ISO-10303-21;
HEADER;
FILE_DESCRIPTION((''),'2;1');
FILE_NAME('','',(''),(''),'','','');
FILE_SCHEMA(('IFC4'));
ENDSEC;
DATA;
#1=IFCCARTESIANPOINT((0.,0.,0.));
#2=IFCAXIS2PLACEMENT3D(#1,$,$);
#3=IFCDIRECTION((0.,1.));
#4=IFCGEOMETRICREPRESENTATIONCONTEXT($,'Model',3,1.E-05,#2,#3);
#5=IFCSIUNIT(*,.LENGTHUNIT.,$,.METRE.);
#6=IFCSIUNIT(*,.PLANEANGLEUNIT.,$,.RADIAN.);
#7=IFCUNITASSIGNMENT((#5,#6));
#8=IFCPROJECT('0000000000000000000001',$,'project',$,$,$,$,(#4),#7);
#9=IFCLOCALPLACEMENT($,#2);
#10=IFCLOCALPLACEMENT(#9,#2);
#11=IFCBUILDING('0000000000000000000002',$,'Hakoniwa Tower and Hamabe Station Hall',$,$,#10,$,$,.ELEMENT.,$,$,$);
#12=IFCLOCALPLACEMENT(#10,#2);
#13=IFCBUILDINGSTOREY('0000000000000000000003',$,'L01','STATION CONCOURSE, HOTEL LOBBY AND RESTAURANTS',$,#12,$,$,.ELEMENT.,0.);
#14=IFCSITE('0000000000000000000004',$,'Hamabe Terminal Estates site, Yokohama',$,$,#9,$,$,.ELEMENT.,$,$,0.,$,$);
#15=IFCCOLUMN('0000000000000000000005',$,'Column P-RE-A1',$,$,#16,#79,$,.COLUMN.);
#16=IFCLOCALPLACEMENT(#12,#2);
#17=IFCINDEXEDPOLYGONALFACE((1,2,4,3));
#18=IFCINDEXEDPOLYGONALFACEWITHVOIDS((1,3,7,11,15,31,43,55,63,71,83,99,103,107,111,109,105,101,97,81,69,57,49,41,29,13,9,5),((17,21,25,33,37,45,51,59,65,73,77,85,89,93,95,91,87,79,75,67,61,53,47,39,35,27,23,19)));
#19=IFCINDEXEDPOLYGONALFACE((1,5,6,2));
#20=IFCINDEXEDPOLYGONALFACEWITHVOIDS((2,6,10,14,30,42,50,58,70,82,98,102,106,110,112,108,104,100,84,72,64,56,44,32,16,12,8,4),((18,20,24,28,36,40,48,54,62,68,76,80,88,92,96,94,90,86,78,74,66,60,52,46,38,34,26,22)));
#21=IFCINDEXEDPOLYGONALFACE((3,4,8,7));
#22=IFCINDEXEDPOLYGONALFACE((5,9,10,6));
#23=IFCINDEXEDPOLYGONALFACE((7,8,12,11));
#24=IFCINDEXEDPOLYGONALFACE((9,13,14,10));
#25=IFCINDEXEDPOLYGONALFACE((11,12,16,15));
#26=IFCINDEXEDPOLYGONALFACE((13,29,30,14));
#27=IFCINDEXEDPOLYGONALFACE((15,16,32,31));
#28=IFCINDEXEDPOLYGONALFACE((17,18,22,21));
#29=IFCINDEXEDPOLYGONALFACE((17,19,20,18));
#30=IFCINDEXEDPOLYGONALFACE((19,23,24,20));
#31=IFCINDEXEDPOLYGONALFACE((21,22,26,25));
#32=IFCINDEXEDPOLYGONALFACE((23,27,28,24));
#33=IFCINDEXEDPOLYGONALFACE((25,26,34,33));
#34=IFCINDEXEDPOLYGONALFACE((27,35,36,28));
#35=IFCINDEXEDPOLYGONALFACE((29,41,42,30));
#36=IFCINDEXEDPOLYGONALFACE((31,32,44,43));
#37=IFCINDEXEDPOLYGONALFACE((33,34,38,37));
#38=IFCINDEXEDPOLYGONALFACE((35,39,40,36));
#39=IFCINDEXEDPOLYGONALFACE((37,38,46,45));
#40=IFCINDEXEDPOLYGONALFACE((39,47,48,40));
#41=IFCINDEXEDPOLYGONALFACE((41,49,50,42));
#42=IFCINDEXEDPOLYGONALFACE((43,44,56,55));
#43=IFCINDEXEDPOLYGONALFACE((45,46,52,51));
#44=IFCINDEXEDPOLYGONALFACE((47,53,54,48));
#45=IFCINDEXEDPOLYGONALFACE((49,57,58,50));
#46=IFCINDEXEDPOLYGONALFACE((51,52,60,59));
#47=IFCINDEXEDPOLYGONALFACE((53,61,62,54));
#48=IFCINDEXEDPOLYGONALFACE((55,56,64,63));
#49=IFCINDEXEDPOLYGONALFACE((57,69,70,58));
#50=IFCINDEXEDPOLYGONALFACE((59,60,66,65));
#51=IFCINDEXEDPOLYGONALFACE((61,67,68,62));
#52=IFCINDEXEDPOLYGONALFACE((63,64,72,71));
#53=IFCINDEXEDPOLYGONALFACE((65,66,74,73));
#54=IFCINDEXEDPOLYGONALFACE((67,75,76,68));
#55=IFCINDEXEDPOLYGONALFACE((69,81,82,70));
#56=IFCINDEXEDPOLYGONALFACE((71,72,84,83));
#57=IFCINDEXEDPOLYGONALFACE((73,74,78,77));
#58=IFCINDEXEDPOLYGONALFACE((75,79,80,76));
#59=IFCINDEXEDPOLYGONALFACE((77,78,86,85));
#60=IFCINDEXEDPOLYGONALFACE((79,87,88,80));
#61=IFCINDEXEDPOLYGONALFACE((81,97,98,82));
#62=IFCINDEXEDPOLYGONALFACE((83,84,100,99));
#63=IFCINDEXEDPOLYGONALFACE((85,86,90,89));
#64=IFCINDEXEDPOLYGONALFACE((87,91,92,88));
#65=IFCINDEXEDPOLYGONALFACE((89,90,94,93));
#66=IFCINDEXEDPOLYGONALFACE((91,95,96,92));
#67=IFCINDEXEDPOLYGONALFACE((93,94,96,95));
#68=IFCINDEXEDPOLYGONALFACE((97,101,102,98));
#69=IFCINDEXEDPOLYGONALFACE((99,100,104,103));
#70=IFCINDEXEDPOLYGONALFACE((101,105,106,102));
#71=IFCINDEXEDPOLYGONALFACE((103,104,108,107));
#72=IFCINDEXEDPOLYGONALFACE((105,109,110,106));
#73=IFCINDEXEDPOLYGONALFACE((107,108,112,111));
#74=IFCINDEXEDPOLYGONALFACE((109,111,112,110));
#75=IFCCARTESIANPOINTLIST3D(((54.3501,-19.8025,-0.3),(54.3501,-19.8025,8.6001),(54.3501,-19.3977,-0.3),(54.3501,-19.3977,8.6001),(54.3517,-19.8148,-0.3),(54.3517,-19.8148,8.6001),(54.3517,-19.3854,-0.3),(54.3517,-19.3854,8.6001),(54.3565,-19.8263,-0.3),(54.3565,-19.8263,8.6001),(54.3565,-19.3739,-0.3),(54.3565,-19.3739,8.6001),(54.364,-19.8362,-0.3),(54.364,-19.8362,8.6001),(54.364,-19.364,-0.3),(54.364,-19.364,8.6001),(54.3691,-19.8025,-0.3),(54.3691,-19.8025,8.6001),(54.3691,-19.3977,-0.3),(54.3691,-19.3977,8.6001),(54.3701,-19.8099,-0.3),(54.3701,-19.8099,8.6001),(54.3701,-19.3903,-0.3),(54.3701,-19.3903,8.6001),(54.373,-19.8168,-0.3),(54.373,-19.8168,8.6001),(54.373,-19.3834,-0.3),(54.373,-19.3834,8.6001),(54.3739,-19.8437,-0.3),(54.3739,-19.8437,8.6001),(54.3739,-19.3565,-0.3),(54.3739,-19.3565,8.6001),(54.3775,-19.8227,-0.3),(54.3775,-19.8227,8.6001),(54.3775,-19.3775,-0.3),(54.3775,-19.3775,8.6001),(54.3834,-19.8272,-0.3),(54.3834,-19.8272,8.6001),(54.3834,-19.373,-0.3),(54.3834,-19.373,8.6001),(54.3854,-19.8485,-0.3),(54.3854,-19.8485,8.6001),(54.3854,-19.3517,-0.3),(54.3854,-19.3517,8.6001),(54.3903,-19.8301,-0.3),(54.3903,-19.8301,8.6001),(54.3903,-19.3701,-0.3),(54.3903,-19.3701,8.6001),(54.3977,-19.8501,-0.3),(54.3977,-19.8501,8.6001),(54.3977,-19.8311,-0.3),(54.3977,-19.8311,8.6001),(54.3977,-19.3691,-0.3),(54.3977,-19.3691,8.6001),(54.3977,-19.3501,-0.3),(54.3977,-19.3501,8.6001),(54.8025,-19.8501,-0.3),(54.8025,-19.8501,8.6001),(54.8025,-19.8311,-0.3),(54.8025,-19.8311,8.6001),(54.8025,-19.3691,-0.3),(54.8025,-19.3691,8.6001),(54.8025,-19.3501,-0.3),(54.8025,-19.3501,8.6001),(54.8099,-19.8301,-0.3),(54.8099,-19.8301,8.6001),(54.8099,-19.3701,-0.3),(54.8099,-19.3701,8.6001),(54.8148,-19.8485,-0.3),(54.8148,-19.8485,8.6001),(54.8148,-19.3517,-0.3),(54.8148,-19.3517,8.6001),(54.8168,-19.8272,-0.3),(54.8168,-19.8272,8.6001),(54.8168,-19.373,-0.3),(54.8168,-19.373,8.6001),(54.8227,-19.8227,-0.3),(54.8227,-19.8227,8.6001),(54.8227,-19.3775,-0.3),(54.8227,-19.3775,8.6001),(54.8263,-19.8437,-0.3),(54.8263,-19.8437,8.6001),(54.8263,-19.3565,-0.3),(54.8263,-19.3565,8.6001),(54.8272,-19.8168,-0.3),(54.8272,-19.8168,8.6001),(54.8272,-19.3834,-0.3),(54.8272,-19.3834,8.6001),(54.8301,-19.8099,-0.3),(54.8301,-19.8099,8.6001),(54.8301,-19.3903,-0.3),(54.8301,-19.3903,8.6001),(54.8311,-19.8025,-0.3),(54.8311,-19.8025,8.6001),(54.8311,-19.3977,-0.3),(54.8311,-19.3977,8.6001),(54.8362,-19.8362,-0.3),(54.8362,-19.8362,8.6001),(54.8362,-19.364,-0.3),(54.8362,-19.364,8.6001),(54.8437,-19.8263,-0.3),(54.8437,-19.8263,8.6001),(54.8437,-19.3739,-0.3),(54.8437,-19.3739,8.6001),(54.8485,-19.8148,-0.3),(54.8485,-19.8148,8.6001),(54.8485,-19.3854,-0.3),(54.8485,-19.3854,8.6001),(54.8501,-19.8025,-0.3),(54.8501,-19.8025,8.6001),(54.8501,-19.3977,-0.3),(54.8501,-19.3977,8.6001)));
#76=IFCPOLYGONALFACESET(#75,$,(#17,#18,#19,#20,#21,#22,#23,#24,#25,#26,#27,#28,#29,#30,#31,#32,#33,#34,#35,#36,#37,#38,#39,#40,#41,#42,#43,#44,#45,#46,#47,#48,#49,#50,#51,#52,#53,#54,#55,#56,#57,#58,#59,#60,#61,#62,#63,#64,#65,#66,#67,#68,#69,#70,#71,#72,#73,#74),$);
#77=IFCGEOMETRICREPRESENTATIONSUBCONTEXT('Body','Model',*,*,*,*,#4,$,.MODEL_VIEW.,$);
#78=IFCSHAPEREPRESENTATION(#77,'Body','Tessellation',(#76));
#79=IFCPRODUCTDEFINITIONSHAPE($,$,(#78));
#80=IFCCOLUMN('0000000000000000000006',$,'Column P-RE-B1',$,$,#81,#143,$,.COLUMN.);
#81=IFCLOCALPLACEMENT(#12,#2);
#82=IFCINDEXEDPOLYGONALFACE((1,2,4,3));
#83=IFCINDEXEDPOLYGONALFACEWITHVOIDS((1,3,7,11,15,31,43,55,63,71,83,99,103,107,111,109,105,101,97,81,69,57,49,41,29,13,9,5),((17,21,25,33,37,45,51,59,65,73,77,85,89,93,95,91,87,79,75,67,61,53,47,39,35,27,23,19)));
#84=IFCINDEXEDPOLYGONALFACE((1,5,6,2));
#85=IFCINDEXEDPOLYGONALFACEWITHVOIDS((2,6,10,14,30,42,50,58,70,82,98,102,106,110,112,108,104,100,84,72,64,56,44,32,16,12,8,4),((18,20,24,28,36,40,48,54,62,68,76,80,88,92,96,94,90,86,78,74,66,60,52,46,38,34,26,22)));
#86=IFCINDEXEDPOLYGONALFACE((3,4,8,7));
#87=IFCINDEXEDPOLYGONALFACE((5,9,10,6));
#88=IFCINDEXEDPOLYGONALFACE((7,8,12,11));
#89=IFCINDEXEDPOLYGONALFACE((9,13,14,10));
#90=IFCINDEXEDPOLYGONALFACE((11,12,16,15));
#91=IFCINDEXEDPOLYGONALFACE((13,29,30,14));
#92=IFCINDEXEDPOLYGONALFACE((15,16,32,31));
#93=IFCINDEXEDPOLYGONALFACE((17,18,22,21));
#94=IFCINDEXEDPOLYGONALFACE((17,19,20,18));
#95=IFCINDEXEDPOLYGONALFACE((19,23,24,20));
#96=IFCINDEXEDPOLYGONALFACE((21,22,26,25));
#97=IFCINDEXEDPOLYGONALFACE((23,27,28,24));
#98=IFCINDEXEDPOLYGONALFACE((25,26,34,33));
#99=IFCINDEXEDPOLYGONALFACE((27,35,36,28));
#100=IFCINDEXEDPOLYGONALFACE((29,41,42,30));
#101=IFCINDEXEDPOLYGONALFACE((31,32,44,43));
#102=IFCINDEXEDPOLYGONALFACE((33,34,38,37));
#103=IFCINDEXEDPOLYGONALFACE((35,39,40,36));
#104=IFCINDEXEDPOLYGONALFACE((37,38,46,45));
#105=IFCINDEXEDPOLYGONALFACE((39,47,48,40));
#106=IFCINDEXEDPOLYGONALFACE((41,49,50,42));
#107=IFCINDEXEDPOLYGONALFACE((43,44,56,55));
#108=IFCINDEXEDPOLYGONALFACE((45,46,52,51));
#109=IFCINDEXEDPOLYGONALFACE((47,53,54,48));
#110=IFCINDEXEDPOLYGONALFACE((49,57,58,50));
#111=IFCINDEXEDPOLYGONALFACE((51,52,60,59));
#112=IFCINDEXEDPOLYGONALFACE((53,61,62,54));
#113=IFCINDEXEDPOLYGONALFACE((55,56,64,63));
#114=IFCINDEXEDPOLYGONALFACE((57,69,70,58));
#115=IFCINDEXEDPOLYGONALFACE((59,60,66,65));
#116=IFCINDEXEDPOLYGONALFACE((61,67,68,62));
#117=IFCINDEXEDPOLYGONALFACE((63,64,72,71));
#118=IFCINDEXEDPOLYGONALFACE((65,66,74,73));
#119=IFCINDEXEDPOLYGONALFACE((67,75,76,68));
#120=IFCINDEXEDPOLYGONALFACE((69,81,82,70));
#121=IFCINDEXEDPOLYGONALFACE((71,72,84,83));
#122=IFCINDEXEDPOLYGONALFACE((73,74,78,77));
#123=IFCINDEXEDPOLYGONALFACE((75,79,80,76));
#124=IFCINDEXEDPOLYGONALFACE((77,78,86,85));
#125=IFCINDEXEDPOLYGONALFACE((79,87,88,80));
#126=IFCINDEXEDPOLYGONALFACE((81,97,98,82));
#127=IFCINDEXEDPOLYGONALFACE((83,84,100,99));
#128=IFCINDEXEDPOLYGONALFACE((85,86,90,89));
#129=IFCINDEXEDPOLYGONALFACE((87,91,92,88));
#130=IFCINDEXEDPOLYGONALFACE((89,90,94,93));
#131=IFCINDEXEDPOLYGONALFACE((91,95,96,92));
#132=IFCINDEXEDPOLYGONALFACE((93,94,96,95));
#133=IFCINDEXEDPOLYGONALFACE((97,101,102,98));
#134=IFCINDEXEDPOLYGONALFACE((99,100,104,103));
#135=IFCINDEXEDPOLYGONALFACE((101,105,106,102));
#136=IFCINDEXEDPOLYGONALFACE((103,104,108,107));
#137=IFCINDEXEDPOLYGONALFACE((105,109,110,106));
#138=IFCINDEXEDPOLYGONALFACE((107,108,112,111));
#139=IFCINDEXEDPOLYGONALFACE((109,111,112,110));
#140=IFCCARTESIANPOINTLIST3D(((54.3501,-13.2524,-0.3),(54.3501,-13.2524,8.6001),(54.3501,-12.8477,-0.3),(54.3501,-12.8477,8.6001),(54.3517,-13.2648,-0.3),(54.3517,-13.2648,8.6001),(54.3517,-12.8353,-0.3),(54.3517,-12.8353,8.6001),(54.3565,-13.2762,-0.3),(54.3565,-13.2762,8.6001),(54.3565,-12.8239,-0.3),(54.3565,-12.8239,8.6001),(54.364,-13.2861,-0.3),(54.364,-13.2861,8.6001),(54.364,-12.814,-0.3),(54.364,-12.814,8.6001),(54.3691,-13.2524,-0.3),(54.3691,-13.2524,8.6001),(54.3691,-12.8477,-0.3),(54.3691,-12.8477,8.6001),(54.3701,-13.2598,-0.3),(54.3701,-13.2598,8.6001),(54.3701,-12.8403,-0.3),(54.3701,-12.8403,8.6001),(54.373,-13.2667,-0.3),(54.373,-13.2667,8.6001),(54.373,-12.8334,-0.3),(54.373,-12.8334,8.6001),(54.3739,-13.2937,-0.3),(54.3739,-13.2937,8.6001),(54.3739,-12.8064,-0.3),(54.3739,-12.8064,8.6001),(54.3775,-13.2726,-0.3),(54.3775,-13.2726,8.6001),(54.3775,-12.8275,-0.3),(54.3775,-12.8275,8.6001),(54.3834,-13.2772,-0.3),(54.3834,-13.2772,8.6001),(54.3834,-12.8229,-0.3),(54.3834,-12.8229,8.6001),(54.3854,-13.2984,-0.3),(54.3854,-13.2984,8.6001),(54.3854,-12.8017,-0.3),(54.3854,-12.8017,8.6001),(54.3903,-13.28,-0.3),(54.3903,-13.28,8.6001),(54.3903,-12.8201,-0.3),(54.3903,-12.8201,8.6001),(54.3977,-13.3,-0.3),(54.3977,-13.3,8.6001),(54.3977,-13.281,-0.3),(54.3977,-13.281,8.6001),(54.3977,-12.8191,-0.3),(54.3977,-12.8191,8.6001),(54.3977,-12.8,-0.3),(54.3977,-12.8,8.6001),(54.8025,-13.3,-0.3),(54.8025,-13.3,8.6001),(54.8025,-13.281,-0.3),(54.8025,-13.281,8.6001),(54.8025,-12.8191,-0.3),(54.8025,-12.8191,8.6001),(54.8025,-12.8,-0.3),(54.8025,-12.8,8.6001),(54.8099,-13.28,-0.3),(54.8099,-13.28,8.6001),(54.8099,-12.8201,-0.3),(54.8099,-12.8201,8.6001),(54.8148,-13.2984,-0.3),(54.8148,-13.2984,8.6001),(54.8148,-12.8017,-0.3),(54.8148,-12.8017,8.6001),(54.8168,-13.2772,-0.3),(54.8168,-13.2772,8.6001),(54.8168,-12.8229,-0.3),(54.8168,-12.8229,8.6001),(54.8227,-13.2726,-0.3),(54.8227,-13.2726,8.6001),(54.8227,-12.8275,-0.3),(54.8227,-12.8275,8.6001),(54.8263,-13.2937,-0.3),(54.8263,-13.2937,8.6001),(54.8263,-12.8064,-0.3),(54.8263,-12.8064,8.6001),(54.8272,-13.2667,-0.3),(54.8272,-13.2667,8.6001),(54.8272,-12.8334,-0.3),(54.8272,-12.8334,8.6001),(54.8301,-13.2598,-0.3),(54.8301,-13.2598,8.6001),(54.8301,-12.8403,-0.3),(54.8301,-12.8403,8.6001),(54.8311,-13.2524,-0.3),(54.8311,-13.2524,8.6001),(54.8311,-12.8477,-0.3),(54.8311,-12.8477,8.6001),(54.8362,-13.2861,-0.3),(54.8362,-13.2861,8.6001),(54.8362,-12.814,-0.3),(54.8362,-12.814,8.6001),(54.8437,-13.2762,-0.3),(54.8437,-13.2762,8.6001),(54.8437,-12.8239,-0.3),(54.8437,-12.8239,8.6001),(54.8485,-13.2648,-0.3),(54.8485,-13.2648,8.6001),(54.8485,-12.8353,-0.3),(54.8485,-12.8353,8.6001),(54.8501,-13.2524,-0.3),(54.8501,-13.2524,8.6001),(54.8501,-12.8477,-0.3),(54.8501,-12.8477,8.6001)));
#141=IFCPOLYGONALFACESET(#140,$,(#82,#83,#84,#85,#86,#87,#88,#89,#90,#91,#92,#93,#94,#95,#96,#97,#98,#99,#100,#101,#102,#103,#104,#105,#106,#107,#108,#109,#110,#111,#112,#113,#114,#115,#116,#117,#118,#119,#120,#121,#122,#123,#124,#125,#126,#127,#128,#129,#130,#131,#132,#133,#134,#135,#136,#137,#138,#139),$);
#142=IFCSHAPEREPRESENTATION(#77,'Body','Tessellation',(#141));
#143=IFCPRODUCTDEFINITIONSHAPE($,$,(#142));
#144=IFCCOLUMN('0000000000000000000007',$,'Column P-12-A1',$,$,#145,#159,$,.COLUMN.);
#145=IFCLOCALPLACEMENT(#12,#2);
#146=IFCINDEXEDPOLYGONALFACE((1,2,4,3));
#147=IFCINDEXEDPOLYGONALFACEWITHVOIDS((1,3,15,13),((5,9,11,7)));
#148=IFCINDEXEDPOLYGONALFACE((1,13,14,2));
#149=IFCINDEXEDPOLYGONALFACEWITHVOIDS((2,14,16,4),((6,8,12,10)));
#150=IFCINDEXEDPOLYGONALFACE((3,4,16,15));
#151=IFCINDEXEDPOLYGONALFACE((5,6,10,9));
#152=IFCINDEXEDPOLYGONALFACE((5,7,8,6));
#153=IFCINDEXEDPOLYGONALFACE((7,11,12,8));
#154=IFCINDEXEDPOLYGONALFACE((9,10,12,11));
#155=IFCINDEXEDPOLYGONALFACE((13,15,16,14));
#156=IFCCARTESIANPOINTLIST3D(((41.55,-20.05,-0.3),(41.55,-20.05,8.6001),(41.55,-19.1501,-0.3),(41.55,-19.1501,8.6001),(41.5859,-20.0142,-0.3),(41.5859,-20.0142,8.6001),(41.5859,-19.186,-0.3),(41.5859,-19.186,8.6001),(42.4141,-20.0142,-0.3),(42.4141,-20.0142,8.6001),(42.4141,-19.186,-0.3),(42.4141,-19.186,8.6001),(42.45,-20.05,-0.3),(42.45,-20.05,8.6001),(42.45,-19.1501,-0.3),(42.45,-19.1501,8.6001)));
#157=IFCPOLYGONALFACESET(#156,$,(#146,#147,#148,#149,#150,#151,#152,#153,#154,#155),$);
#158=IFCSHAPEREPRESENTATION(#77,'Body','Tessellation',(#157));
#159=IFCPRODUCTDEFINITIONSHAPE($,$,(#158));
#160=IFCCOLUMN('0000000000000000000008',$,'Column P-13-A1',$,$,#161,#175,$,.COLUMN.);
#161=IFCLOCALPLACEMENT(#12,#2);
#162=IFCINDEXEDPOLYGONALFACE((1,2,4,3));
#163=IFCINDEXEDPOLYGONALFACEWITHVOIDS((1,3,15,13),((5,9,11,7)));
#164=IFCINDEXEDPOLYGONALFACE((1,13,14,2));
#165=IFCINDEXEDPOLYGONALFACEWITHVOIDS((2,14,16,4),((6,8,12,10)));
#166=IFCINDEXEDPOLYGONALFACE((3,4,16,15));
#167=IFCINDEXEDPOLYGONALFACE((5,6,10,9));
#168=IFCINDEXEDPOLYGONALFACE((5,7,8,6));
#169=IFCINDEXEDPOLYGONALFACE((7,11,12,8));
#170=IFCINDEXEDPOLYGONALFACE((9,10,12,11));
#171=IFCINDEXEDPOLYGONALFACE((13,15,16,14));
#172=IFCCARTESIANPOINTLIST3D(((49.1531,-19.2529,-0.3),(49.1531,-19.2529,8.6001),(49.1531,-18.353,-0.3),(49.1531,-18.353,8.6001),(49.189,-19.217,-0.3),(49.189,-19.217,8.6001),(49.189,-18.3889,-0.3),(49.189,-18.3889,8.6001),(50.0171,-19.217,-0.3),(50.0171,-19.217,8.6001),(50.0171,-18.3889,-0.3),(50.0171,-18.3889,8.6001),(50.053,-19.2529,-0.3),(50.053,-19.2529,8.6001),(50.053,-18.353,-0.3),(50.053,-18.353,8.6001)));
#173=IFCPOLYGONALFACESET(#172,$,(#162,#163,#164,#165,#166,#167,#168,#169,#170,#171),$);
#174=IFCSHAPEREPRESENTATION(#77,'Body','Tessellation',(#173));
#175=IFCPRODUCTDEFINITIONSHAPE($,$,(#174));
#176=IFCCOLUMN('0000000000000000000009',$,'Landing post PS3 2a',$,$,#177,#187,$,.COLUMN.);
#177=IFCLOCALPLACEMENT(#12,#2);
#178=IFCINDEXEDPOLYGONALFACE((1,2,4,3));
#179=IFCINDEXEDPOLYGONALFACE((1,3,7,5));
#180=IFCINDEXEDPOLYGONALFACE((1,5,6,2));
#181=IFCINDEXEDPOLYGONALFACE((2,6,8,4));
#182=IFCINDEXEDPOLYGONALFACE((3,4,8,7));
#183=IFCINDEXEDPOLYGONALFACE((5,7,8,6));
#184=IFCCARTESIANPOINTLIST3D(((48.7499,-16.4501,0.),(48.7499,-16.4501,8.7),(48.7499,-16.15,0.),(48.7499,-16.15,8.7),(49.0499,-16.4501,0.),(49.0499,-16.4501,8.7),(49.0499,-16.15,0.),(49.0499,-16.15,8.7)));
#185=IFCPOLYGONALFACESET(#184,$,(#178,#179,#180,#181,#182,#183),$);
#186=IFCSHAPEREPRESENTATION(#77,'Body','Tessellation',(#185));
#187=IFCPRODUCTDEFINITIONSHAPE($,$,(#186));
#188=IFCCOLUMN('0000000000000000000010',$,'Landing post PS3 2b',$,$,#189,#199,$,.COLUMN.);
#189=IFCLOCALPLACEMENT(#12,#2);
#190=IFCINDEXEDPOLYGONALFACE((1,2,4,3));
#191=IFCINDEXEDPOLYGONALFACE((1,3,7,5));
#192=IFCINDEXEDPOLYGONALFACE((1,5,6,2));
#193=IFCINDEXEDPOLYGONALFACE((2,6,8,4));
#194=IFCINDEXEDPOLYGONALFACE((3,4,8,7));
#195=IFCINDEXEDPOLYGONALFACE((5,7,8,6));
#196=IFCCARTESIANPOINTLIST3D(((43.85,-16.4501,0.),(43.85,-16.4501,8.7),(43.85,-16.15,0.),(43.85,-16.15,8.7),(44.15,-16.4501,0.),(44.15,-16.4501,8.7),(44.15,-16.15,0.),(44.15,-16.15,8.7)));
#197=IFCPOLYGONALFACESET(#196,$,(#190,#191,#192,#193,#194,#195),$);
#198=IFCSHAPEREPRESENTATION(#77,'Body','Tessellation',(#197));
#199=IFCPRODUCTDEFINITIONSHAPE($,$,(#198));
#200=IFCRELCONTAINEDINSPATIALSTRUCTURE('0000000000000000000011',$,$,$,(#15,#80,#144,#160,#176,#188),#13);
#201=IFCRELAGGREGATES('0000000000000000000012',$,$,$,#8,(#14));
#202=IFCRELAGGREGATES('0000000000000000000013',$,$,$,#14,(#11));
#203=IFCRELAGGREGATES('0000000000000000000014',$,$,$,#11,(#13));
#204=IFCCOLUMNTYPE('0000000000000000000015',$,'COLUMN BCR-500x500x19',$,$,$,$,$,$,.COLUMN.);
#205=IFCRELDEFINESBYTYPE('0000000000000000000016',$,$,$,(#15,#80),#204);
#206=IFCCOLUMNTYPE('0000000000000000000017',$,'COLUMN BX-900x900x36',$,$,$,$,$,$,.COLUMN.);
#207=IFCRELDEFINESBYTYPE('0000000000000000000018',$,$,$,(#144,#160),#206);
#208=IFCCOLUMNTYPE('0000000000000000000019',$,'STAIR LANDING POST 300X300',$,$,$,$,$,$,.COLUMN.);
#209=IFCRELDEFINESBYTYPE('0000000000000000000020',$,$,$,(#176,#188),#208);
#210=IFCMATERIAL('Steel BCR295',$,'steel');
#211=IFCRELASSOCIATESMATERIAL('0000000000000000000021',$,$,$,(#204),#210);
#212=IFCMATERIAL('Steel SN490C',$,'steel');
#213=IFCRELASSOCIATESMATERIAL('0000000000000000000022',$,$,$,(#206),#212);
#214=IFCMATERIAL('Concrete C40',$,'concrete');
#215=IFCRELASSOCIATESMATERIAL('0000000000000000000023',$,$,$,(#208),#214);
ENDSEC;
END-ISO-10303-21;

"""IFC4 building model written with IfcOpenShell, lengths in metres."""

from ifc_helpers import new_model, si_unit, direction, frame, origin, origin_2d, place, context, subcontext, project, spatial, rectangle, hollow_rectangle, extrude, material, material_profile, profile_set, type_object, element, save


model = new_model("IFC4")

# Units and contexts
model_context = context("Model", 3, precision=1e-05, world=origin(), true_north=direction((0.0, 1.0)))
body_context = subcontext(model_context, "Body", "Model", "MODEL_VIEW")
ifc_project = project(units=[si_unit("LENGTHUNIT", "METRE"), si_unit("PLANEANGLEUNIT", "RADIAN")], contexts=[model_context])

# Site, building, storey
site_placement = place(None, origin())
site = spatial("IfcSite", under=ifc_project, at=site_placement, Name="Hamabe Terminal Estates site, Yokohama", CompositionType="ELEMENT", RefElevation=0.0)
building_placement = place(site_placement, origin())
building = spatial("IfcBuilding", under=site, at=building_placement, Name="Hakoniwa Tower and Hamabe Station Hall", CompositionType="ELEMENT")
storey_placement = place(building_placement, origin())
storey = spatial("IfcBuildingStorey", under=building, at=storey_placement, Name="L01", Description="STATION CONCOURSE, HOTEL LOBBY AND RESTAURANTS", CompositionType="ELEMENT", Elevation=0.0)

# Columns
ifc_material_1 = material(Name="Steel BCR295", Category="steel")
ifc_material_profile_1 = material_profile(ifc_material_1, hollow_rectangle(XDim=0.5, YDim=0.5, WallThickness=0.019, InnerFilletRadius=0.0286, OuterFilletRadius=0.0476, at=origin_2d()), Name="BCR-500x500x19")
ifc_profile_set_1 = profile_set([ifc_material_profile_1], Name="Steel BCR295")
column_type_1 = type_object("IfcColumnType", Name="COLUMN BCR-500x500x19", PredefinedType="COLUMN", material=ifc_profile_set_1)
for number, where, z_axis, x_axis, name in (
    (1, (54.6001, -19.6001, -0.3), (0.0, 0.0, 1.0), (1.0, 0.0, 0.0), "Column P-RE-A1"),
    (2, (54.6001, -13.05, -0.3), (0.0, 0.0, 1.0), (1.0, 0.0, 0.0), "Column P-RE-B1"),
):
    element("IfcColumn", number, at=place(storey_placement, frame(where, z_axis=z_axis, x_axis=x_axis)), inside=storey, type_object=column_type_1, Name=name, PredefinedType="COLUMN", context=body_context, shape_type="SweptSolid", body=[
        extrude(hollow_rectangle(XDim=0.5, YDim=0.5, WallThickness=0.019, InnerFilletRadius=0.0286, OuterFilletRadius=0.0476, at=origin_2d()), origin(), (0.0, 0.0, 1.0), 8.9001),
    ])
ifc_material_2 = material(Name="Steel SN490C", Category="steel")
ifc_material_profile_2 = material_profile(ifc_material_2, hollow_rectangle(XDim=0.8999, YDim=0.8999, WallThickness=0.0359, at=origin_2d()), Name="BX-900x900x36")
ifc_profile_set_2 = profile_set([ifc_material_profile_2], Name="Steel SN490C")
column_type_2 = type_object("IfcColumnType", Name="COLUMN BX-900x900x36", PredefinedType="COLUMN", material=ifc_profile_set_2)
for number, where, z_axis, x_axis, name in (
    (3, (42.0, -19.6001, -0.3), (0.0, 0.0, 1.0), (1.0, 0.0, 0.0), "Column P-12-A1"),
    (4, (49.603, -18.803, -0.3), (0.0, 0.0, 1.0), (1.0, 0.0, 0.0), "Column P-13-A1"),
):
    element("IfcColumn", number, at=place(storey_placement, frame(where, z_axis=z_axis, x_axis=x_axis)), inside=storey, type_object=column_type_2, Name=name, PredefinedType="COLUMN", context=body_context, shape_type="SweptSolid", body=[
        extrude(hollow_rectangle(XDim=0.8999, YDim=0.8999, WallThickness=0.0359, at=origin_2d()), origin(), (0.0, 0.0, 1.0), 8.9001),
    ])
ifc_material_3 = material(Name="Concrete C40", Category="concrete")
ifc_material_profile_3 = material_profile(ifc_material_3, rectangle(XDim=0.3, YDim=0.3, at=origin_2d()), Name="STAIR LANDING POST 300X300")
ifc_profile_set_3 = profile_set([ifc_material_profile_3], Name="Concrete C40")
column_type_3 = type_object("IfcColumnType", Name="STAIR LANDING POST 300X300", PredefinedType="COLUMN", material=ifc_profile_set_3)
for number, where, z_axis, x_axis, name in (
    (5, (48.8999, -16.3, 0.0), (0.0, 0.0, 1.0), (1.0, 0.0, 0.0), "Landing post PS3 2a"),
    (6, (44.0, -16.3, 0.0), (0.0, 0.0, 1.0), (1.0, 0.0, 0.0), "Landing post PS3 2b"),
):
    element("IfcColumn", number, at=place(storey_placement, frame(where, z_axis=z_axis, x_axis=x_axis)), inside=storey, type_object=column_type_3, Name=name, PredefinedType="COLUMN", context=body_context, shape_type="SweptSolid", body=[
        extrude(rectangle(XDim=0.3, YDim=0.3, at=origin_2d()), origin(), (0.0, 0.0, 1.0), 8.7),
    ])

save(model, "model.ifc")
